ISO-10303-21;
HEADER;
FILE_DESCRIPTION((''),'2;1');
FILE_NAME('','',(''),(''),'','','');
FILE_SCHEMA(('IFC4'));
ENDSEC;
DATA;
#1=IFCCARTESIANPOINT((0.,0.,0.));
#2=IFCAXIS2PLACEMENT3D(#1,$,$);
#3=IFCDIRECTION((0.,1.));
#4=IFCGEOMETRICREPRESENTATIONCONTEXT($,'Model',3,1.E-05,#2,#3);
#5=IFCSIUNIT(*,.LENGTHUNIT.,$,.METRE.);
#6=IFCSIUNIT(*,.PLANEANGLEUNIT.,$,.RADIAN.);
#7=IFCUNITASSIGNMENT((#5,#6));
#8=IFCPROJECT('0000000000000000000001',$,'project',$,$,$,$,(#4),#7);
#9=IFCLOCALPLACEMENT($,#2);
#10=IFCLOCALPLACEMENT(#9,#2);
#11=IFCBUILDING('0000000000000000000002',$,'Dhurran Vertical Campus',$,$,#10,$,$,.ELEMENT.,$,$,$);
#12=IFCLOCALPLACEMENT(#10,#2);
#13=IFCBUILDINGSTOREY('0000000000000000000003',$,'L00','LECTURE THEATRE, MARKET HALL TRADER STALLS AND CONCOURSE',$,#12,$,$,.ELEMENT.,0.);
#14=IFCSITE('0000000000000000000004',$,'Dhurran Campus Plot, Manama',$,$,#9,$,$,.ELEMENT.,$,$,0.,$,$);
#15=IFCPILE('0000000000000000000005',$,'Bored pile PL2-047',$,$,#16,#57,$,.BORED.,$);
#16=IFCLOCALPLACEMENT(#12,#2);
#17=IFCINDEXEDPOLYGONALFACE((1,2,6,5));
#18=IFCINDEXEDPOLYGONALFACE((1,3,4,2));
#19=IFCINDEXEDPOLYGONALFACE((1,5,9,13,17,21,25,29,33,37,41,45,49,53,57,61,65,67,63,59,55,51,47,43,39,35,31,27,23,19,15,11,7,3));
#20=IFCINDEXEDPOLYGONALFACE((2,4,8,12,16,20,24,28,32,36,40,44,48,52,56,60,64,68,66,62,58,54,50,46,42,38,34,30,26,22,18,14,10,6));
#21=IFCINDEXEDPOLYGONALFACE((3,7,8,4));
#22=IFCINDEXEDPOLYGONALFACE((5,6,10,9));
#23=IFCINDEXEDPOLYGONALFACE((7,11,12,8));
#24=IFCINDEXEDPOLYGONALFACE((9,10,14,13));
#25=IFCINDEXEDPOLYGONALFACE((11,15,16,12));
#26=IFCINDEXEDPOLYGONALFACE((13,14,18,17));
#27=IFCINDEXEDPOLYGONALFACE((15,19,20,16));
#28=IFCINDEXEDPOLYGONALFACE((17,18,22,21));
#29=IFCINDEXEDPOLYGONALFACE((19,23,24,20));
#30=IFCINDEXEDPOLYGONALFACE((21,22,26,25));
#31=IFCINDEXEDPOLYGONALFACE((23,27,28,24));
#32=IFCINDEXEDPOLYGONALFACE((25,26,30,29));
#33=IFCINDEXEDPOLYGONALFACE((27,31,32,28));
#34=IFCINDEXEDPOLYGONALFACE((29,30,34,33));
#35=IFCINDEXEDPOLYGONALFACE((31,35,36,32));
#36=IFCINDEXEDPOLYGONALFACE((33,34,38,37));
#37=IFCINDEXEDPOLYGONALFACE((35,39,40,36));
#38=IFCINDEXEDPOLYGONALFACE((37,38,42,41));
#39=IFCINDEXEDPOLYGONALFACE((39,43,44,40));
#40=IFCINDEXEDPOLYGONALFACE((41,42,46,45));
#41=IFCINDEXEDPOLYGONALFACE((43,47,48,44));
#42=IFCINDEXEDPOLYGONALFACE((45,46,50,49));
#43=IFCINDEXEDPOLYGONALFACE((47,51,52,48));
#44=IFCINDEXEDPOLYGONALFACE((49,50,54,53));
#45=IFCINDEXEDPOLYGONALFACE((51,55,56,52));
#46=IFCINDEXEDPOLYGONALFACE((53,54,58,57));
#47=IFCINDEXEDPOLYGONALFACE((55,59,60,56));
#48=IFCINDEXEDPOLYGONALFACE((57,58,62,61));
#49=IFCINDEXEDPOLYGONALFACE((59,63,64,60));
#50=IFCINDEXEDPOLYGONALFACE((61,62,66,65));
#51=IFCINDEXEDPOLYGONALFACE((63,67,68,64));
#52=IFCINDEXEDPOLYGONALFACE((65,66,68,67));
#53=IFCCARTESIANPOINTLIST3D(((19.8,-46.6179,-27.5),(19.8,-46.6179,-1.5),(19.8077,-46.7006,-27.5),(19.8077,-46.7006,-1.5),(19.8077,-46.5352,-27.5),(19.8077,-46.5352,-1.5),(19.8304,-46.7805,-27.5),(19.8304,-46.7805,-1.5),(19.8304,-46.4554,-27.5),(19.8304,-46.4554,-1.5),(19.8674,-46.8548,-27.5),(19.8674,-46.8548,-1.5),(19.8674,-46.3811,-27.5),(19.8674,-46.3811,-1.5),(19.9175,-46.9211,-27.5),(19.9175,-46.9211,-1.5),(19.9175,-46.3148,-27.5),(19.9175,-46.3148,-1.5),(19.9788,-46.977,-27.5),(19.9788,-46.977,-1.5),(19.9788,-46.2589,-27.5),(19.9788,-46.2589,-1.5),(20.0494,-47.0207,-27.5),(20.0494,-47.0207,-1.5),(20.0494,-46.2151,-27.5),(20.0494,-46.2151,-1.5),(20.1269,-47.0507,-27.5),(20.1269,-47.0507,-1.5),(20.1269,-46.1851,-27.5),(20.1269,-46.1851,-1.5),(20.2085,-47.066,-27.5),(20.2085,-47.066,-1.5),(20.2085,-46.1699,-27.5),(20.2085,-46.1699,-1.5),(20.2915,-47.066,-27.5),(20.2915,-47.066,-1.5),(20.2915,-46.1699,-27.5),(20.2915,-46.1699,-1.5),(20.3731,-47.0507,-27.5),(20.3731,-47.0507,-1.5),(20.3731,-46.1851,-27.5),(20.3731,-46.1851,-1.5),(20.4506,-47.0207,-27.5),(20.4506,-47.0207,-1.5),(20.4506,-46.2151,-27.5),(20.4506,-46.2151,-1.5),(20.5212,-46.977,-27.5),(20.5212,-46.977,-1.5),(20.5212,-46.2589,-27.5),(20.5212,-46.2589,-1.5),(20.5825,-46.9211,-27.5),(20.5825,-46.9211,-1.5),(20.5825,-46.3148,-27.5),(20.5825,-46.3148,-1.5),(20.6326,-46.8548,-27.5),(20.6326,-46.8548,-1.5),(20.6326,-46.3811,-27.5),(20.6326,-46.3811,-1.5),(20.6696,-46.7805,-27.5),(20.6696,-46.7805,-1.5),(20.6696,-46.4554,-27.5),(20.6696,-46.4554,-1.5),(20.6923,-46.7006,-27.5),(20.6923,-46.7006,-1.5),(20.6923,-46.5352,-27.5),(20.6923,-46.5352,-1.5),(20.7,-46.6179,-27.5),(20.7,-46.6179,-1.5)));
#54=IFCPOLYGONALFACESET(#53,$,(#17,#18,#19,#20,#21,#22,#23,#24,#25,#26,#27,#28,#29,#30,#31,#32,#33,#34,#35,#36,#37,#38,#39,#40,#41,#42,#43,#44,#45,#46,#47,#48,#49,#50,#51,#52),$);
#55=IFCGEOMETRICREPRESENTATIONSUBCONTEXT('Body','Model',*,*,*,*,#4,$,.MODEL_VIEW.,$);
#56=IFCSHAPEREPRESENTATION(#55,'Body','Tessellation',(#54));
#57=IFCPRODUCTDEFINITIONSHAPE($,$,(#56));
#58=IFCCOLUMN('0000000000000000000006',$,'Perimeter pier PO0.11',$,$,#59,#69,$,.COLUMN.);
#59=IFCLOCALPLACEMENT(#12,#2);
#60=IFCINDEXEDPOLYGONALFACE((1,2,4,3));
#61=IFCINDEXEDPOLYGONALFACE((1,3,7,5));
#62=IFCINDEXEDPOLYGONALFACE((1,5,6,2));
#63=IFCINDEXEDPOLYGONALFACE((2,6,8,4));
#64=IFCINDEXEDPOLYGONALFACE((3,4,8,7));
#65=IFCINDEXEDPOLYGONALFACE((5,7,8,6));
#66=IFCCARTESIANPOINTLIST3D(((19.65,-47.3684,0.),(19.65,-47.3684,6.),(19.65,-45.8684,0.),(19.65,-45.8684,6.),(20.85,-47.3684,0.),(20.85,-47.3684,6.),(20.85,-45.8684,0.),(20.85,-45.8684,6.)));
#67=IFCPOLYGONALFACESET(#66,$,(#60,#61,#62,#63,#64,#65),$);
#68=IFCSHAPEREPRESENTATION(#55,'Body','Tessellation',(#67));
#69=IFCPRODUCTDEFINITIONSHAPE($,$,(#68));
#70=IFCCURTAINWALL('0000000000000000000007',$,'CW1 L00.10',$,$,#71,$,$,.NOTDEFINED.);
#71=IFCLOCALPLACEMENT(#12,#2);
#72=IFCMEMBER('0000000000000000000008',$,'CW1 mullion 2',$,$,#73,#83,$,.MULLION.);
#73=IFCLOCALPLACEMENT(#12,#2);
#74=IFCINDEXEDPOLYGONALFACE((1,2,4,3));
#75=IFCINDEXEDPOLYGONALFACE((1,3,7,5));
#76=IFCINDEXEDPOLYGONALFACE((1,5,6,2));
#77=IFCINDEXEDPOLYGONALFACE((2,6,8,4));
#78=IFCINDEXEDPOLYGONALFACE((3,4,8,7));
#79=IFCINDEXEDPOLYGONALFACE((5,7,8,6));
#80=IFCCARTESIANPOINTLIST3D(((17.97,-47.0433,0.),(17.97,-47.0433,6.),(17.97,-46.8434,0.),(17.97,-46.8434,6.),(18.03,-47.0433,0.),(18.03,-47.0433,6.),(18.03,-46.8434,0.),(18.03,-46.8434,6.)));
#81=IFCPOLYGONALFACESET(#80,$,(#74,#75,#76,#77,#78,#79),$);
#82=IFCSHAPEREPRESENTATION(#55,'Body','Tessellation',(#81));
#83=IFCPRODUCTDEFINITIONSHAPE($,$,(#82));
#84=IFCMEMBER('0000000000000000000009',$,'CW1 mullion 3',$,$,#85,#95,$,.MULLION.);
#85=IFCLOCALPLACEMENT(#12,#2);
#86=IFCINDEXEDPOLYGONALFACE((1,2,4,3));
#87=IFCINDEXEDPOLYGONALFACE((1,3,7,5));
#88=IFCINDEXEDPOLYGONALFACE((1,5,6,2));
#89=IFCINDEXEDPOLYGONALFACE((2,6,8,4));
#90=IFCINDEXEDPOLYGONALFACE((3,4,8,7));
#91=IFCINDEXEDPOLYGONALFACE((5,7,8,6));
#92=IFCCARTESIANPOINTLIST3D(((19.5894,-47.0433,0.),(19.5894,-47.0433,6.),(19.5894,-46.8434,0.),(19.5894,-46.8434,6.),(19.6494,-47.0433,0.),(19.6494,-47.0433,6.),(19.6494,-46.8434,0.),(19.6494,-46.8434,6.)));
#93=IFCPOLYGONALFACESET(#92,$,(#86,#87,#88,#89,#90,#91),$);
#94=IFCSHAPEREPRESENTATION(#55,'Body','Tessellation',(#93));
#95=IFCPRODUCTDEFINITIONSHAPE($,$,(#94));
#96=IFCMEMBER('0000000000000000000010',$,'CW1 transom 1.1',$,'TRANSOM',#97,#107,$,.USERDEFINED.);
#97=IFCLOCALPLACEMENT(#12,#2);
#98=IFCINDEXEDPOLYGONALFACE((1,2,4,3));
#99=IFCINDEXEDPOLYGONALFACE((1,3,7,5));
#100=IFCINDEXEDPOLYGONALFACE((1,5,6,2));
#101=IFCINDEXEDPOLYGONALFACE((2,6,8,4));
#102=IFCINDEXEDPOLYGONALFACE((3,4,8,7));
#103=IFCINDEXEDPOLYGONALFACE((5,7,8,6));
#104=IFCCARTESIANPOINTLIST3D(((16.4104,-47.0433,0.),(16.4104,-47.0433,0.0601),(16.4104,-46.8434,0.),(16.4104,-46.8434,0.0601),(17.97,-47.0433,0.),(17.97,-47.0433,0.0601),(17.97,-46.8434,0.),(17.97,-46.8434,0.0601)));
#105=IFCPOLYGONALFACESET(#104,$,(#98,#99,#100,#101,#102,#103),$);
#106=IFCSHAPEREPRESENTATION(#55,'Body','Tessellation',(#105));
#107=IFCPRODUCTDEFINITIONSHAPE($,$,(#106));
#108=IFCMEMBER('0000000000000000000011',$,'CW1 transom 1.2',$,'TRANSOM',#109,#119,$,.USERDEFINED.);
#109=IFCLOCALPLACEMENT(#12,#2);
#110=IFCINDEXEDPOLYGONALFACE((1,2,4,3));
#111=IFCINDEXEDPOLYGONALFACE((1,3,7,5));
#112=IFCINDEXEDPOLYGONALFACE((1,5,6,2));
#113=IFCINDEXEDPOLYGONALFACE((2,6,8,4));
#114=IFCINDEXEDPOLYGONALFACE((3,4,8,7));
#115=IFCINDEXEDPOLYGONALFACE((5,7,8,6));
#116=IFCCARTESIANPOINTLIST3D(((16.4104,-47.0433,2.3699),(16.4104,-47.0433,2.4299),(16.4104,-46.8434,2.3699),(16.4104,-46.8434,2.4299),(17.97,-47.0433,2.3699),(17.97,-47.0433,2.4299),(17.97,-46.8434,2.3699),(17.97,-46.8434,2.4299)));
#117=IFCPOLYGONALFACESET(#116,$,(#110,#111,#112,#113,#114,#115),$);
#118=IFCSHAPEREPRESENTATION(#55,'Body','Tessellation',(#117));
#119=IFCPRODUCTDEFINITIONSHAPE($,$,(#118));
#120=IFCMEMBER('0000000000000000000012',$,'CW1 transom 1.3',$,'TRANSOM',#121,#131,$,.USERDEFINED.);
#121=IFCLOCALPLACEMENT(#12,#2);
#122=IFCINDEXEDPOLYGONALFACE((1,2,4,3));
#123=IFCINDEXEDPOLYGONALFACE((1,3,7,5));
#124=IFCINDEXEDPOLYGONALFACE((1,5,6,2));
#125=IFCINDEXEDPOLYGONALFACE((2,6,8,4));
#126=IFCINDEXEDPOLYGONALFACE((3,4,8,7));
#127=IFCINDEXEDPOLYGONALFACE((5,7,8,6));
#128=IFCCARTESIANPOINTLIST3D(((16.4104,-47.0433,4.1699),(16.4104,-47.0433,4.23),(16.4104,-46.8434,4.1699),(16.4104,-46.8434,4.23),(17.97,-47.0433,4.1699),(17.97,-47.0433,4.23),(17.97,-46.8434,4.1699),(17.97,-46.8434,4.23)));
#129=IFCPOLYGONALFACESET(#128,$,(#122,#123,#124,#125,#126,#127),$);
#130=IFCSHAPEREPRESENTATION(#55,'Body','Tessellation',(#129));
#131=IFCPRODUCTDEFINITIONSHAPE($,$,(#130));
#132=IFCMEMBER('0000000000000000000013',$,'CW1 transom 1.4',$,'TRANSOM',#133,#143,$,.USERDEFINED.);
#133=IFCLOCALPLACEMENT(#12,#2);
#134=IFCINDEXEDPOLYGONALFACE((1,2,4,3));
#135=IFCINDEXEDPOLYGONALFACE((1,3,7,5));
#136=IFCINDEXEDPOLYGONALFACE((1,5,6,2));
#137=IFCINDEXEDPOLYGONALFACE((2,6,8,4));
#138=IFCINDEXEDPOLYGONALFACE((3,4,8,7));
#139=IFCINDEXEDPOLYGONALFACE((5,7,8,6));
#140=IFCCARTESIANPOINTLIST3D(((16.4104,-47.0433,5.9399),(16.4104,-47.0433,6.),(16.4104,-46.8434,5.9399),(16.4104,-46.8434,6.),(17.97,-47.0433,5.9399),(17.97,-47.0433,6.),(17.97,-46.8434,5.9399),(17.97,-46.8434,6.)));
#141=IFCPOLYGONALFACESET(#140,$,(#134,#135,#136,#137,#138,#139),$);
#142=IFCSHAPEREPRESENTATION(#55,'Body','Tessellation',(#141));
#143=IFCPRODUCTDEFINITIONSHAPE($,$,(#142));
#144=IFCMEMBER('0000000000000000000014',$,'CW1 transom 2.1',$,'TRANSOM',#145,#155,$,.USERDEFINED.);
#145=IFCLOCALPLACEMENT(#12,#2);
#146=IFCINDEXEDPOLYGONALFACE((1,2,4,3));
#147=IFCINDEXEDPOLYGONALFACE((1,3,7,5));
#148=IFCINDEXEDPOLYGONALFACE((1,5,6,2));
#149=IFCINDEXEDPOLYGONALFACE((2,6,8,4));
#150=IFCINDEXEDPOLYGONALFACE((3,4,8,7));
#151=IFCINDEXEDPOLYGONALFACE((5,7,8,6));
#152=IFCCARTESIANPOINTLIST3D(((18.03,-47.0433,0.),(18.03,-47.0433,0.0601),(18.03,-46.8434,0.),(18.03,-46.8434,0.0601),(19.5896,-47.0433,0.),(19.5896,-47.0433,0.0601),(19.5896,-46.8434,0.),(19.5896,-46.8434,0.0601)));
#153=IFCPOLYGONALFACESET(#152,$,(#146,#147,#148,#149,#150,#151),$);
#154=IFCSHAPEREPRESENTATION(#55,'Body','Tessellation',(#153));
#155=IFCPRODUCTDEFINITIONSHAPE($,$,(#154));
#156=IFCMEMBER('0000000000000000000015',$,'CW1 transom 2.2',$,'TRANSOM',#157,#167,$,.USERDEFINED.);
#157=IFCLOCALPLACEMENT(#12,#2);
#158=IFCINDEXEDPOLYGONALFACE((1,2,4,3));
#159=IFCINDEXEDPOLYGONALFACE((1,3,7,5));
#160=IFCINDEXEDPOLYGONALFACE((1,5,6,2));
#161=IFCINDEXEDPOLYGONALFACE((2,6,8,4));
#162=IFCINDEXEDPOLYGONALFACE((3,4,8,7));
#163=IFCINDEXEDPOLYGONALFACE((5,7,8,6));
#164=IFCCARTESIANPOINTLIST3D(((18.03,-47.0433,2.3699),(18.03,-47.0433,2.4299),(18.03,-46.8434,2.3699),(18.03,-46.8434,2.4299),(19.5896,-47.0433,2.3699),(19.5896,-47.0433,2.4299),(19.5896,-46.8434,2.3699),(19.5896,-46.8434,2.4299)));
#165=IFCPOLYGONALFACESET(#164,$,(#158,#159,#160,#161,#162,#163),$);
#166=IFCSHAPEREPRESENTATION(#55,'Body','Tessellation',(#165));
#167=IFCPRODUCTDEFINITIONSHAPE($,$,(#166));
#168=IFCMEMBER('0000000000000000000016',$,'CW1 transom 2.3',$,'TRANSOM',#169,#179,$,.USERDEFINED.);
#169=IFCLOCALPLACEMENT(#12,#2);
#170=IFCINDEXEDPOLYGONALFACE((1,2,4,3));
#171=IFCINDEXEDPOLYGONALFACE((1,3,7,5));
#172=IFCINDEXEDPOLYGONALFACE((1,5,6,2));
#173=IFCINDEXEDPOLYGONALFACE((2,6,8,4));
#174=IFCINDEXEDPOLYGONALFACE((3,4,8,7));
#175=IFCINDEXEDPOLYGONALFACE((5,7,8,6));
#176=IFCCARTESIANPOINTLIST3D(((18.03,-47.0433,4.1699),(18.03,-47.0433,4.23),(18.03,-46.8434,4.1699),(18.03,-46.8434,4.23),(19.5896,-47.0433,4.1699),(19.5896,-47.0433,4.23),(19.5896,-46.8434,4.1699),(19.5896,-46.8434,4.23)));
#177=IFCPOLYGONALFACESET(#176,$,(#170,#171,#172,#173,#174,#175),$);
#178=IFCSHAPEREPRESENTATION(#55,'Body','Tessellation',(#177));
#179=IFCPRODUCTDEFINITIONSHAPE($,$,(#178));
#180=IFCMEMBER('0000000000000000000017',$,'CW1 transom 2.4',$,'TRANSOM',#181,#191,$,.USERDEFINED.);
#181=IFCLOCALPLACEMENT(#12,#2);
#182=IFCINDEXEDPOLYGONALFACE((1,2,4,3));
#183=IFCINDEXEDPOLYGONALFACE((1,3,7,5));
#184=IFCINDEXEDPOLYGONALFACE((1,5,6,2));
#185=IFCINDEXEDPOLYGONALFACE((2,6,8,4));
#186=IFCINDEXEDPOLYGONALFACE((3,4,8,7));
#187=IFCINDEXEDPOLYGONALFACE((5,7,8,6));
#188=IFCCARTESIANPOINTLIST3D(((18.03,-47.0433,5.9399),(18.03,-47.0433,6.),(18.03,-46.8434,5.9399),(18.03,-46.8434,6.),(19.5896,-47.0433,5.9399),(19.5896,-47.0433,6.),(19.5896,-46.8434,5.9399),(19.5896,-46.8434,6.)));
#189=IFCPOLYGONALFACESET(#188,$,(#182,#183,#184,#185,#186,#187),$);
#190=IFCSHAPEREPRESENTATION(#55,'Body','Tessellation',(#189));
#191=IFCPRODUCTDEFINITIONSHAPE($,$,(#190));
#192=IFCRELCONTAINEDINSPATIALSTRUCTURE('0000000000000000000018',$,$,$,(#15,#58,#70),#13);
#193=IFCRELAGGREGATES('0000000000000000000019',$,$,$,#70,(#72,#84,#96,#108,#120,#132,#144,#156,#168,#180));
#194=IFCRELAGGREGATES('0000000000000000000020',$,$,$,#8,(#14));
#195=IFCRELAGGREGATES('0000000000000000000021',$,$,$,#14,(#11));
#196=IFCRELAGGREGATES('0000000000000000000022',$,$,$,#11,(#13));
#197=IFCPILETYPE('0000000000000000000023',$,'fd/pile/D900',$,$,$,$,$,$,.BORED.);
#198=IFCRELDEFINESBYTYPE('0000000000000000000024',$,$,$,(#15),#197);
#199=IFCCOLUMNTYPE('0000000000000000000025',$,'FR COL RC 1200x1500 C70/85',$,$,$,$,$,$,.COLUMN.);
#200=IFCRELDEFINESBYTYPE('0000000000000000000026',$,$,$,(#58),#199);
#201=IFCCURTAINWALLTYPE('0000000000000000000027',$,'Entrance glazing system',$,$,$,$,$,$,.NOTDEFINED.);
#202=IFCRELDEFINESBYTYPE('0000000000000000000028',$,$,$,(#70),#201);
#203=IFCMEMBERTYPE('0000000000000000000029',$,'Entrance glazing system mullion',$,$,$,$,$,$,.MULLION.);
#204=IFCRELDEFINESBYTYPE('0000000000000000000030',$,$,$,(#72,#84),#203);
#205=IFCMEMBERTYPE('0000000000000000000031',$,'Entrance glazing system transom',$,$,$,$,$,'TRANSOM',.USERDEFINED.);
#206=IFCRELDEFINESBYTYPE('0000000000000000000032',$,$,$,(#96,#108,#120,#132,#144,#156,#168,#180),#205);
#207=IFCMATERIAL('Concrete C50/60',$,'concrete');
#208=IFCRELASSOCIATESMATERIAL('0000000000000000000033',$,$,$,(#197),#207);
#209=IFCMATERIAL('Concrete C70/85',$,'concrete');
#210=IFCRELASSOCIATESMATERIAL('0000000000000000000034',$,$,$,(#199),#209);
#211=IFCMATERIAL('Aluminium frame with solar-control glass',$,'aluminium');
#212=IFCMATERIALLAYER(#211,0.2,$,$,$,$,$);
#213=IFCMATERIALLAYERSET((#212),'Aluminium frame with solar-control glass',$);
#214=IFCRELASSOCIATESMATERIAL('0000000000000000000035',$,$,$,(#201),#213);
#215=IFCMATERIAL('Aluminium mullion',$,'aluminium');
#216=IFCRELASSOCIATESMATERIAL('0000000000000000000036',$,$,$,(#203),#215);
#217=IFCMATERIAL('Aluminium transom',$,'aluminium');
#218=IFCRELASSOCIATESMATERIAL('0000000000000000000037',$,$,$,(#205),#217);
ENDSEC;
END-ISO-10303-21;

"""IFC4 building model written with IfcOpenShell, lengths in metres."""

from ifc_helpers import new_model, si_unit, direction, frame, origin, origin_2d, place, context, subcontext, project, spatial, rectangle, circle, extrude, material, layer, layer_set, material_profile, profile_set, type_object, element, aggregate, save


model = new_model("IFC4")

# Units and contexts
model_context = context("Model", 3, precision=1e-05, world=origin(), true_north=direction((0.0, 1.0)))
body_context = subcontext(model_context, "Body", "Model", "MODEL_VIEW")
ifc_project = project(units=[si_unit("LENGTHUNIT", "METRE"), si_unit("PLANEANGLEUNIT", "RADIAN")], contexts=[model_context])

# Site, building, storey
site_placement = place(None, origin())
site = spatial("IfcSite", under=ifc_project, at=site_placement, Name="Dhurran Campus Plot, Manama", CompositionType="ELEMENT", RefElevation=0.0)
building_placement = place(site_placement, origin())
building = spatial("IfcBuilding", under=site, at=building_placement, Name="Dhurran Vertical Campus", CompositionType="ELEMENT")
storey_placement = place(building_placement, origin())
storey = spatial("IfcBuildingStorey", under=building, at=storey_placement, Name="L00", Description="LECTURE THEATRE, MARKET HALL TRADER STALLS AND CONCOURSE", CompositionType="ELEMENT", Elevation=0.0)

# Pile
ifc_material_1 = material(Name="Concrete C50/60", Category="concrete")
ifc_material_profile_1 = material_profile(ifc_material_1, circle(Radius=0.45, at=origin_2d()), Name="fd/pile/D900")
ifc_profile_set_1 = profile_set([ifc_material_profile_1], Name="Concrete C50/60")
pile_type = type_object("IfcPileType", Name="fd/pile/D900", PredefinedType="BORED", material=ifc_profile_set_1)
pile_placement = place(storey_placement, frame((20.25, -46.6179, -1.5), z_axis=(0.0, 0.0, -1.0), x_axis=(1.0, 0.0, 0.0)))
element("IfcPile", 1, at=pile_placement, inside=storey, type_object=pile_type, Name="Bored pile PL2-047", PredefinedType="BORED", context=body_context, shape_type="SweptSolid", body=[
    extrude(circle(Radius=0.45, at=origin_2d()), origin(), (0.0, 0.0, 1.0), 26.0),
])

# Column
ifc_material_2 = material(Name="Concrete C70/85", Category="concrete")
ifc_material_profile_2 = material_profile(ifc_material_2, rectangle(XDim=1.2, YDim=1.5, at=origin_2d()), Name="RC 1200x1500")
ifc_profile_set_2 = profile_set([ifc_material_profile_2], Name="Concrete C70/85")
column_type = type_object("IfcColumnType", Name="FR COL RC 1200x1500 C70/85", PredefinedType="COLUMN", material=ifc_profile_set_2)
column_placement = place(storey_placement, frame((20.25, -46.6184, 0.0), z_axis=(0.0, 0.0, 1.0), x_axis=(1.0, 0.0, 0.0)))
element("IfcColumn", 2, at=column_placement, inside=storey, type_object=column_type, Name="Perimeter pier PO0.11", PredefinedType="COLUMN", context=body_context, shape_type="SweptSolid", body=[
    extrude(rectangle(XDim=1.2, YDim=1.5, at=origin_2d()), origin(), (0.0, 0.0, 1.0), 6.0),
])

# Curtain wall, members
ifc_material_3 = material(Name="Aluminium frame with solar-control glass", Category="aluminium")
ifc_layer_1 = layer(ifc_material_3, 0.2)
ifc_layer_set_1 = layer_set([ifc_layer_1], Name="Aluminium frame with solar-control glass")
curtain_wall_type = type_object("IfcCurtainWallType", Name="Entrance glazing system", PredefinedType="NOTDEFINED", material=ifc_layer_set_1)
curtain_wall_placement = place(storey_placement, origin())
curtain_wall = element("IfcCurtainWall", 3, at=curtain_wall_placement, inside=storey, type_object=curtain_wall_type, Name="CW1 L00.10", PredefinedType="NOTDEFINED")
ifc_material_4 = material(Name="Aluminium mullion", Category="aluminium")
ifc_material_profile_3 = material_profile(ifc_material_4, rectangle(XDim=0.2, YDim=0.0601, at=origin_2d()), Name="Entrance glazing system mullion")
ifc_profile_set_3 = profile_set([ifc_material_profile_3], Name="Aluminium mullion")
member_type_1 = type_object("IfcMemberType", Name="Entrance glazing system mullion", PredefinedType="MULLION", material=ifc_profile_set_3)
member_1_placement = place(storey_placement, frame((18.0, -46.9434, 0.0), z_axis=(0.0, 0.0, 1.0), x_axis=(0.0, 1.0, 0.0)))
member_1 = element("IfcMember", 4, at=member_1_placement, type_object=member_type_1, Name="CW1 mullion 2", PredefinedType="MULLION", context=body_context, shape_type="SweptSolid", body=[
    extrude(rectangle(XDim=0.2, YDim=0.0601, at=origin_2d()), origin(), (0.0, 0.0, 1.0), 6.0),
])
member_2_placement = place(storey_placement, frame((19.6194, -46.9434, 0.0), z_axis=(0.0, 0.0, 1.0), x_axis=(0.0, 1.0, 0.0)))
member_2 = element("IfcMember", 5, at=member_2_placement, type_object=member_type_1, Name="CW1 mullion 3", PredefinedType="MULLION", context=body_context, shape_type="SweptSolid", body=[
    extrude(rectangle(XDim=0.2, YDim=0.0601, at=origin_2d()), origin(), (0.0, 0.0, 1.0), 6.0),
])
ifc_material_5 = material(Name="Aluminium transom", Category="aluminium")
ifc_material_profile_4 = material_profile(ifc_material_5, rectangle(XDim=0.2, YDim=0.0601, at=origin_2d()), Name="Entrance glazing system transom")
ifc_profile_set_4 = profile_set([ifc_material_profile_4], Name="Aluminium transom")
member_type_2 = type_object("IfcMemberType", Name="Entrance glazing system transom", ElementType="TRANSOM", PredefinedType="USERDEFINED", material=ifc_profile_set_4)
member_3_placement = place(storey_placement, frame((16.4104, -46.9434, 0.03), z_axis=(1.0, 0.0, 0.0), x_axis=(0.0, 1.0, 0.0)))
member_3 = element("IfcMember", 6, at=member_3_placement, type_object=member_type_2, Name="CW1 transom 1.1", ObjectType="TRANSOM", PredefinedType="USERDEFINED", context=body_context, shape_type="SweptSolid", body=[
    extrude(rectangle(XDim=0.2, YDim=0.0601, at=origin_2d()), origin(), (0.0, 0.0, 1.0), 1.5596),
])
member_4_placement = place(storey_placement, frame((16.4104, -46.9434, 2.3999), z_axis=(1.0, 0.0, 0.0), x_axis=(0.0, 1.0, 0.0)))
member_4 = element("IfcMember", 7, at=member_4_placement, type_object=member_type_2, Name="CW1 transom 1.2", ObjectType="TRANSOM", PredefinedType="USERDEFINED", context=body_context, shape_type="SweptSolid", body=[
    extrude(rectangle(XDim=0.2, YDim=0.0601, at=origin_2d()), origin(), (0.0, 0.0, 1.0), 1.5596),
])
member_5_placement = place(storey_placement, frame((16.4104, -46.9434, 4.2), z_axis=(1.0, 0.0, 0.0), x_axis=(0.0, 1.0, 0.0)))
member_5 = element("IfcMember", 8, at=member_5_placement, type_object=member_type_2, Name="CW1 transom 1.3", ObjectType="TRANSOM", PredefinedType="USERDEFINED", context=body_context, shape_type="SweptSolid", body=[
    extrude(rectangle(XDim=0.2, YDim=0.0601, at=origin_2d()), origin(), (0.0, 0.0, 1.0), 1.5596),
])
member_6_placement = place(storey_placement, frame((16.4104, -46.9434, 5.97), z_axis=(1.0, 0.0, 0.0), x_axis=(0.0, 1.0, 0.0)))
member_6 = element("IfcMember", 9, at=member_6_placement, type_object=member_type_2, Name="CW1 transom 1.4", ObjectType="TRANSOM", PredefinedType="USERDEFINED", context=body_context, shape_type="SweptSolid", body=[
    extrude(rectangle(XDim=0.2, YDim=0.0601, at=origin_2d()), origin(), (0.0, 0.0, 1.0), 1.5596),
])
member_7_placement = place(storey_placement, frame((18.03, -46.9434, 0.03), z_axis=(1.0, 0.0, 0.0), x_axis=(0.0, 1.0, 0.0)))
member_7 = element("IfcMember", 10, at=member_7_placement, type_object=member_type_2, Name="CW1 transom 2.1", ObjectType="TRANSOM", PredefinedType="USERDEFINED", context=body_context, shape_type="SweptSolid", body=[
    extrude(rectangle(XDim=0.2, YDim=0.0601, at=origin_2d()), origin(), (0.0, 0.0, 1.0), 1.5596),
])
member_8_placement = place(storey_placement, frame((18.03, -46.9434, 2.3999), z_axis=(1.0, 0.0, 0.0), x_axis=(0.0, 1.0, 0.0)))
member_8 = element("IfcMember", 11, at=member_8_placement, type_object=member_type_2, Name="CW1 transom 2.2", ObjectType="TRANSOM", PredefinedType="USERDEFINED", context=body_context, shape_type="SweptSolid", body=[
    extrude(rectangle(XDim=0.2, YDim=0.0601, at=origin_2d()), origin(), (0.0, 0.0, 1.0), 1.5596),
])
member_9_placement = place(storey_placement, frame((18.03, -46.9434, 4.2), z_axis=(1.0, 0.0, 0.0), x_axis=(0.0, 1.0, 0.0)))
member_9 = element("IfcMember", 12, at=member_9_placement, type_object=member_type_2, Name="CW1 transom 2.3", ObjectType="TRANSOM", PredefinedType="USERDEFINED", context=body_context, shape_type="SweptSolid", body=[
    extrude(rectangle(XDim=0.2, YDim=0.0601, at=origin_2d()), origin(), (0.0, 0.0, 1.0), 1.5596),
])
member_10_placement = place(storey_placement, frame((18.03, -46.9434, 5.97), z_axis=(1.0, 0.0, 0.0), x_axis=(0.0, 1.0, 0.0)))
member_10 = element("IfcMember", 13, at=member_10_placement, type_object=member_type_2, Name="CW1 transom 2.4", ObjectType="TRANSOM", PredefinedType="USERDEFINED", context=body_context, shape_type="SweptSolid", body=[
    extrude(rectangle(XDim=0.2, YDim=0.0601, at=origin_2d()), origin(), (0.0, 0.0, 1.0), 1.5596),
])
aggregate(curtain_wall, [member_1, member_2, member_3, member_4, member_5, member_6, member_7, member_8, member_9, member_10])

save(model, "model.ifc")
